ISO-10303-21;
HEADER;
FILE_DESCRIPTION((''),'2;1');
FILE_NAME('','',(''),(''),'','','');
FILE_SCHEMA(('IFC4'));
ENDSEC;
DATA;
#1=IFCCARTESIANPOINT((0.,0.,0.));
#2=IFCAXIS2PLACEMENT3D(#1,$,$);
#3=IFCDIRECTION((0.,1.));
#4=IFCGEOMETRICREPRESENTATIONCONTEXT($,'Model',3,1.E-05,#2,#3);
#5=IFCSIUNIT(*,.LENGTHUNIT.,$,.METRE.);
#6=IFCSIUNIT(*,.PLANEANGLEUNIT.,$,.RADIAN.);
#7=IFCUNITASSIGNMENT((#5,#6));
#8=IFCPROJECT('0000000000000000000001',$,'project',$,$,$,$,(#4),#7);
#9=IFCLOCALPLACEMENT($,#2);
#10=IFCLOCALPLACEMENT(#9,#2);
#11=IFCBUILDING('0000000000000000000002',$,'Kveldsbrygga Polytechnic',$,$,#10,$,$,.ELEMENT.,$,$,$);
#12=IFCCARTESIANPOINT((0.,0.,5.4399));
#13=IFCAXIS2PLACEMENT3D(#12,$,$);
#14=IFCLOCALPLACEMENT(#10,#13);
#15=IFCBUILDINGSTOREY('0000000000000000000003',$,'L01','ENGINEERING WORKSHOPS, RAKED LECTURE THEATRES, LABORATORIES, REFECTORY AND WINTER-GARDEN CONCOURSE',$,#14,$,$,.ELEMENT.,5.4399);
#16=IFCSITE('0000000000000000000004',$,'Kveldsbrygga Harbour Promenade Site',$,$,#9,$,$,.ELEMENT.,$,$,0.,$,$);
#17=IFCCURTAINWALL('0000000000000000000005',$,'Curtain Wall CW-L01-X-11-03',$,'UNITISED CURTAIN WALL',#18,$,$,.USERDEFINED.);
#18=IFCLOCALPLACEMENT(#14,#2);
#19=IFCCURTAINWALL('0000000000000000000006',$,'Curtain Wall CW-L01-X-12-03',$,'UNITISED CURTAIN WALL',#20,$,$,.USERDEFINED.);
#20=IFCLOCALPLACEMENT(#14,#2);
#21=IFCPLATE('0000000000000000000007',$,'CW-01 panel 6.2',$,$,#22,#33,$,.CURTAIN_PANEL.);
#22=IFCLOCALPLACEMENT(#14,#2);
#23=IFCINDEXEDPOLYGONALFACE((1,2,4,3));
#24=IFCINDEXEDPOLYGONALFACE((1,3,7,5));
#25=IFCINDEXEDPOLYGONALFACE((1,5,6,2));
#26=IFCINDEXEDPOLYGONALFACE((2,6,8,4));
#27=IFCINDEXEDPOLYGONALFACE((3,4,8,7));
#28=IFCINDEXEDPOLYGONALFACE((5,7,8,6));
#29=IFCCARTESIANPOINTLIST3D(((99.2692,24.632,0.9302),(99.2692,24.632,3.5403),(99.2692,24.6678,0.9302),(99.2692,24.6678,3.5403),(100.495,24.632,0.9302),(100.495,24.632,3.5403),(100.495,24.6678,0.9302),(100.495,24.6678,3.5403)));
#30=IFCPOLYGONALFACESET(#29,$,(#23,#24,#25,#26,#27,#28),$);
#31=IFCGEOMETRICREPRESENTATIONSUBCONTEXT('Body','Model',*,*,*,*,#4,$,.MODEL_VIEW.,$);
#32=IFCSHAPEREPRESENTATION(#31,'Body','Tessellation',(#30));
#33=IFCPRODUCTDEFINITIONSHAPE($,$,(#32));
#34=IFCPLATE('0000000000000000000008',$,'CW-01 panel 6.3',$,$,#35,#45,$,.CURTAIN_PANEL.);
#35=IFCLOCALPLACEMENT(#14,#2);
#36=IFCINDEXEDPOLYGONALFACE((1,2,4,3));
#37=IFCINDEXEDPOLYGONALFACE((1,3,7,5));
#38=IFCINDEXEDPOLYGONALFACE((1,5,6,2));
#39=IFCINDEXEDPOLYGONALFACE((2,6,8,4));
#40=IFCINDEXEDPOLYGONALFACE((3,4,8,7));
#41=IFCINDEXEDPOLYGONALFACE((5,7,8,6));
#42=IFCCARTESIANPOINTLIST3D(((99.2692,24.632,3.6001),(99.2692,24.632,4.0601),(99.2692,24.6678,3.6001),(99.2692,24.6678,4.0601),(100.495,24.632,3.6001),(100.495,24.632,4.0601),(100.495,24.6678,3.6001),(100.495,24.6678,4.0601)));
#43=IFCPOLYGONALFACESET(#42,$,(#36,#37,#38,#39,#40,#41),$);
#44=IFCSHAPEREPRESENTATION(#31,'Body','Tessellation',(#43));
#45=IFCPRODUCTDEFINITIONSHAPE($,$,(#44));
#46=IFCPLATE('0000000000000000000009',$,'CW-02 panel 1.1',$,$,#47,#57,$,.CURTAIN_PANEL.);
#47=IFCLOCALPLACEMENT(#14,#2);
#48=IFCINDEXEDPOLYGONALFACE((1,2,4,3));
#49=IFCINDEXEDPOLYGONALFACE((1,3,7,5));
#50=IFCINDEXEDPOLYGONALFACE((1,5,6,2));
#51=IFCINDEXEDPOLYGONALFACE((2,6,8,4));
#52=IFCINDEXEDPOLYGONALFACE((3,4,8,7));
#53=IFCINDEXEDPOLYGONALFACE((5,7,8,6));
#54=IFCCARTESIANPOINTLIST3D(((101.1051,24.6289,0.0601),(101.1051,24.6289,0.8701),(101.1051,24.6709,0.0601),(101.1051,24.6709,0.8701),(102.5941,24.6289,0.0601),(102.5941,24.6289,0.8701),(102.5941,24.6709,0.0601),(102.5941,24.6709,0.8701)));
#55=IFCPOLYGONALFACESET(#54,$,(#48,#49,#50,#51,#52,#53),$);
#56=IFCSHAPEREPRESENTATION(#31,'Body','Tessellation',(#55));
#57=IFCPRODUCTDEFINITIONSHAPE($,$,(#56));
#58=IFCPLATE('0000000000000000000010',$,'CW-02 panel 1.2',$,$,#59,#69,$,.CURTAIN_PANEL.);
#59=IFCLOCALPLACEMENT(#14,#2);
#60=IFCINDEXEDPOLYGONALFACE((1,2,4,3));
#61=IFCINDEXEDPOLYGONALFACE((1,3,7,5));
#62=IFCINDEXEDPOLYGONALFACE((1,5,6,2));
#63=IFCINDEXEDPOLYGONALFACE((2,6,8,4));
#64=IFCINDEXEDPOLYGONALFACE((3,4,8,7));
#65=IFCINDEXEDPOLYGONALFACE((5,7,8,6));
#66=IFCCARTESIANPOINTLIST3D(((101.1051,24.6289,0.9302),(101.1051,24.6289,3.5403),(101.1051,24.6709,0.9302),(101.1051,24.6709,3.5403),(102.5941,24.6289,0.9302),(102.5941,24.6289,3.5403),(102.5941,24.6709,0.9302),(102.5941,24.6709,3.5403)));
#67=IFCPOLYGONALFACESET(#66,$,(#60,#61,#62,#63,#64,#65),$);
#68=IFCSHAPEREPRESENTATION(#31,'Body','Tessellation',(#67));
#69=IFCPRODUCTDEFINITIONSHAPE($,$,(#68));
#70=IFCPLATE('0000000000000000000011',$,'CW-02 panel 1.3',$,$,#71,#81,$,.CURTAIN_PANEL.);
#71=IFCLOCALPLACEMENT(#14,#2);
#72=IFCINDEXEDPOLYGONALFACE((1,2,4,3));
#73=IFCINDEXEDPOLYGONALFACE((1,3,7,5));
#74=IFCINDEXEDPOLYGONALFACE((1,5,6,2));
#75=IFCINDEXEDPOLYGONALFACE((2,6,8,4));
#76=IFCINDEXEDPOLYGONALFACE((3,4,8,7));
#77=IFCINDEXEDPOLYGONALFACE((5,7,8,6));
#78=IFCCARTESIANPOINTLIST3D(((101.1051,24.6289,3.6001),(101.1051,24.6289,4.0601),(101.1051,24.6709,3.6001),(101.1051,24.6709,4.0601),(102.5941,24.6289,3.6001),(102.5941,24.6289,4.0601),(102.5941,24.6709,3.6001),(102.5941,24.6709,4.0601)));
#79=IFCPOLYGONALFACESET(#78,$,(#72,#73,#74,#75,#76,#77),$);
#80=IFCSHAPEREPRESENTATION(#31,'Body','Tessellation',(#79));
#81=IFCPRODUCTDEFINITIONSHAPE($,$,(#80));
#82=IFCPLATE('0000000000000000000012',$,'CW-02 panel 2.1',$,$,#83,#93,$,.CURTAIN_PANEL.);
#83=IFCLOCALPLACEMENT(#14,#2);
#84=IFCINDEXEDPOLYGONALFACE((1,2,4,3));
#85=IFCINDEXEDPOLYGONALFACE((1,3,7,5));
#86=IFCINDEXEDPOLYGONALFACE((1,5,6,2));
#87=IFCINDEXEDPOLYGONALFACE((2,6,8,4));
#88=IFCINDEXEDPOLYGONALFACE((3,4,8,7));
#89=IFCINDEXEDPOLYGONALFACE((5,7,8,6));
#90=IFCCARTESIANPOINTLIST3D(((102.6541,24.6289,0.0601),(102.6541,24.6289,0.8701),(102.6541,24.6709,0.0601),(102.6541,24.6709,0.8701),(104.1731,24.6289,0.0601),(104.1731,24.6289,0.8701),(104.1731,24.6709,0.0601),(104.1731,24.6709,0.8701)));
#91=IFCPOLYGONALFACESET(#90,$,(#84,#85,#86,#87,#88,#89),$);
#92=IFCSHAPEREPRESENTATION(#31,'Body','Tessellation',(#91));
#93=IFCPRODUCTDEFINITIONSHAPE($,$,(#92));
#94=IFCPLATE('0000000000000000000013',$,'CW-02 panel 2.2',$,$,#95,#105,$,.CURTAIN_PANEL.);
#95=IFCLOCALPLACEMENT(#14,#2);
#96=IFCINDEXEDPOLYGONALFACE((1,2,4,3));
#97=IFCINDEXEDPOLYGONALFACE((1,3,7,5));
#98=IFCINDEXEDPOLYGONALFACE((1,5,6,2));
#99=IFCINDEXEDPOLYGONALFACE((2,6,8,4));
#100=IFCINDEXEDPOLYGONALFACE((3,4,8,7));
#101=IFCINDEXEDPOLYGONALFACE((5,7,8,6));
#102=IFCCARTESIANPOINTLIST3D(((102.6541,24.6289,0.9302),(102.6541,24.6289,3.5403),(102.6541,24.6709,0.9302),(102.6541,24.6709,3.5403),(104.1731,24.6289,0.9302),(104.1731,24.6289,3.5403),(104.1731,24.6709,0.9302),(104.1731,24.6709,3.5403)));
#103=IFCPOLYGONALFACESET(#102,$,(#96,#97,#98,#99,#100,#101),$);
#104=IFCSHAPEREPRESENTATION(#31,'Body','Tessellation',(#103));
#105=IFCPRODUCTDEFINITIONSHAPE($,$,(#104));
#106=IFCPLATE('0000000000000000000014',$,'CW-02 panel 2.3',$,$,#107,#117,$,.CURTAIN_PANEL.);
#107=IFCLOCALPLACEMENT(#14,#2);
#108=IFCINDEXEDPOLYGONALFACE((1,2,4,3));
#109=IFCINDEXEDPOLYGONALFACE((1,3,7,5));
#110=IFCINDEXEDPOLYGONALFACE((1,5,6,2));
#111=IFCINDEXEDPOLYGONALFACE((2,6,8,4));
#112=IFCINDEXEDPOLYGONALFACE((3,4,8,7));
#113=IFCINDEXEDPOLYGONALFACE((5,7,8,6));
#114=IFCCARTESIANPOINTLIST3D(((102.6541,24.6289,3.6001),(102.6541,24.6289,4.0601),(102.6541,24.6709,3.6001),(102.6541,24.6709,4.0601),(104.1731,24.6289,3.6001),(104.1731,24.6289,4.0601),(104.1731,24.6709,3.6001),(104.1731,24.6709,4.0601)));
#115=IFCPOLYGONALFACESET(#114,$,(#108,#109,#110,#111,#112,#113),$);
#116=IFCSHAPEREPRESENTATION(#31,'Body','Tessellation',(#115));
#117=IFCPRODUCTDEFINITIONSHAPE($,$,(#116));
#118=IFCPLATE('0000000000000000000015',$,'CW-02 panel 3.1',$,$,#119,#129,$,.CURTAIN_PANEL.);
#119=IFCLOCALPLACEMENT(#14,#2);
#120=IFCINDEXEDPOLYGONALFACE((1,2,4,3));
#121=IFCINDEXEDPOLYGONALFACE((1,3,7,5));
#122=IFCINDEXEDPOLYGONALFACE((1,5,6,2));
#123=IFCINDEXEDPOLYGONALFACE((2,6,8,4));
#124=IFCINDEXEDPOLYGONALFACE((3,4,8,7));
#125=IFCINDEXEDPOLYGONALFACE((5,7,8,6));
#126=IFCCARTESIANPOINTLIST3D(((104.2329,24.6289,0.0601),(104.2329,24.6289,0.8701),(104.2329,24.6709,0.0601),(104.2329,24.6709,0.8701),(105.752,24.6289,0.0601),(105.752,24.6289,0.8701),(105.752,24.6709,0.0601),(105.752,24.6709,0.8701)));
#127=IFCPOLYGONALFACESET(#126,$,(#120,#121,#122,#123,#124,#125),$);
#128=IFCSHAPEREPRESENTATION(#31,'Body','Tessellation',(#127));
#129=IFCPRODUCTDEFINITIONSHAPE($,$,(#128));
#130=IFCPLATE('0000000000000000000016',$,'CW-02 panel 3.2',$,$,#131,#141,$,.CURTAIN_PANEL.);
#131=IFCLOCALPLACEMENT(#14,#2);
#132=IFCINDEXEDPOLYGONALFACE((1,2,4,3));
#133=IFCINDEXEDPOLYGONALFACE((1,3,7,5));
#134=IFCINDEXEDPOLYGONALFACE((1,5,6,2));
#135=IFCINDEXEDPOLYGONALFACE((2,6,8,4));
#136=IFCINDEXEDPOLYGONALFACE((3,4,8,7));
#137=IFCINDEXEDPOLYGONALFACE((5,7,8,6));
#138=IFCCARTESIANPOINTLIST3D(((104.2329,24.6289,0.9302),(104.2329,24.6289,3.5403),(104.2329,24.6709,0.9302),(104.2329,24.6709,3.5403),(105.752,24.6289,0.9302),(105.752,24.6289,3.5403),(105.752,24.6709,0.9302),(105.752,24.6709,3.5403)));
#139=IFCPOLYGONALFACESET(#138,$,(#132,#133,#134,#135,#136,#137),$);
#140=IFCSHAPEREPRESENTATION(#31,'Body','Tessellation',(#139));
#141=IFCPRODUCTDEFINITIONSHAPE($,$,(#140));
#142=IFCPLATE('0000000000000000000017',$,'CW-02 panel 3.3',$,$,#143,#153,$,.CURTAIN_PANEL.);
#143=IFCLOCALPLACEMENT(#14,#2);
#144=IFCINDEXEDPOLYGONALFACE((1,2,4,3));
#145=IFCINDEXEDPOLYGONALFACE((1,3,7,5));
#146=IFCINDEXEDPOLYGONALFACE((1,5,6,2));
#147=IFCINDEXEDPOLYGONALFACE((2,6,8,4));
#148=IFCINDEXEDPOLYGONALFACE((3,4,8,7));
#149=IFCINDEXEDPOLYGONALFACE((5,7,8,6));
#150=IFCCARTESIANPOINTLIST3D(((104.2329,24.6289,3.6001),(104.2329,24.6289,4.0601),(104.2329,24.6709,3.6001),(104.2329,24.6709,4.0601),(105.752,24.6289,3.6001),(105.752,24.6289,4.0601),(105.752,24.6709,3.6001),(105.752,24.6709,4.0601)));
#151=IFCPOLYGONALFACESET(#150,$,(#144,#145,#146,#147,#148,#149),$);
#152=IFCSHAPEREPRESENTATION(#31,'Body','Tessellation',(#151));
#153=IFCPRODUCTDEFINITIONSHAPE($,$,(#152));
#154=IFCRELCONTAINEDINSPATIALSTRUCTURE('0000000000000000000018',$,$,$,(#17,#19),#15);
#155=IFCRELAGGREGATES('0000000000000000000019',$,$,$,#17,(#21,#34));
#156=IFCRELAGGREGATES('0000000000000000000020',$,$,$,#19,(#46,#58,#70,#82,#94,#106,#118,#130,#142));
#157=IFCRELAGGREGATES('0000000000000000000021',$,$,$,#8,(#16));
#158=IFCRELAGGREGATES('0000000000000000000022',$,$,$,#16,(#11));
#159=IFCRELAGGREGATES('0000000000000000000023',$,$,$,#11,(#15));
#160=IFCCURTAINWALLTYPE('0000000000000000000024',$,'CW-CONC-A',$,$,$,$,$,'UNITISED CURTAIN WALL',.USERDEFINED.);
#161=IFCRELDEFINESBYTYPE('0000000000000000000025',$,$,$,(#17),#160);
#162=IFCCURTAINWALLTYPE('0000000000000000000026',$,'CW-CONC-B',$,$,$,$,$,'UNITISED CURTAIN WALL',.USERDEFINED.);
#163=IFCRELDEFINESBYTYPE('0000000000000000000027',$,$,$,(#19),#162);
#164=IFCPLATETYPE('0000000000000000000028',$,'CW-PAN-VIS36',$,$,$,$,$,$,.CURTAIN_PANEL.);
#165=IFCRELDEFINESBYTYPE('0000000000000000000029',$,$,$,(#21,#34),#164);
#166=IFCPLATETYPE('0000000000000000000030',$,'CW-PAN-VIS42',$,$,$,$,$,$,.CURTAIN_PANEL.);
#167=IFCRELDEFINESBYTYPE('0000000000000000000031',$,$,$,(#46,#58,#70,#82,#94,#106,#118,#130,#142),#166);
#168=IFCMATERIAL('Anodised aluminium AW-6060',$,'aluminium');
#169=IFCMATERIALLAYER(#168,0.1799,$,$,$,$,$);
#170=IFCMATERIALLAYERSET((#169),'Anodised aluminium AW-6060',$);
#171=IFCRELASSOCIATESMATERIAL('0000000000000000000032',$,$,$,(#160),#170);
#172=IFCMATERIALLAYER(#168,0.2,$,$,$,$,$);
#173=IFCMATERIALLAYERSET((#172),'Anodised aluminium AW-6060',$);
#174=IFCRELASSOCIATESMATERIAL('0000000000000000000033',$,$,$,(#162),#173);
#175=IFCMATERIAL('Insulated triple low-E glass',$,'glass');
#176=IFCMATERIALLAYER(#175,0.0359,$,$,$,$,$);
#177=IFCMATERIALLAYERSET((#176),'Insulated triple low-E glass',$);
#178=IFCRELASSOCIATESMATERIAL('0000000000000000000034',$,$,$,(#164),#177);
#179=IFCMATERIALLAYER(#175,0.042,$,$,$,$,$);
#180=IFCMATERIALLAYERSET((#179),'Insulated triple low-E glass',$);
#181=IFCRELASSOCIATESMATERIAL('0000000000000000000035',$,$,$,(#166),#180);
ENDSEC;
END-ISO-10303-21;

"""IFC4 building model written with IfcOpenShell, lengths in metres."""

from ifc_helpers import new_model, si_unit, direction, frame, origin, origin_2d, place, context, subcontext, project, spatial, rectangle, extrude, material, layer, layer_set, type_object, element, aggregate, save


model = new_model("IFC4")

# Units and contexts
model_context = context("Model", 3, precision=1e-05, world=origin(), true_north=direction((0.0, 1.0)))
body_context = subcontext(model_context, "Body", "Model", "MODEL_VIEW")
ifc_project = project(units=[si_unit("LENGTHUNIT", "METRE"), si_unit("PLANEANGLEUNIT", "RADIAN")], contexts=[model_context])

# Site, building, storey
site_placement = place(None, origin())
site = spatial("IfcSite", under=ifc_project, at=site_placement, Name="Kveldsbrygga Harbour Promenade Site", CompositionType="ELEMENT", RefElevation=0.0)
building_placement = place(site_placement, origin())
building = spatial("IfcBuilding", under=site, at=building_placement, Name="Kveldsbrygga Polytechnic", CompositionType="ELEMENT")
storey_placement = place(building_placement, frame((0.0, 0.0, 5.4399)))
storey = spatial("IfcBuildingStorey", under=building, at=storey_placement, Name="L01", Description="ENGINEERING WORKSHOPS, RAKED LECTURE THEATRES, LABORATORIES, REFECTORY AND WINTER-GARDEN CONCOURSE", CompositionType="ELEMENT", Elevation=5.4399)

# Curtain walls
ifc_material_1 = material(Name="Anodised aluminium AW-6060", Category="aluminium")
ifc_layer_1 = layer(ifc_material_1, 0.1799)
ifc_layer_set_1 = layer_set([ifc_layer_1], Name="Anodised aluminium AW-6060")
curtain_wall_type_1 = type_object("IfcCurtainWallType", Name="CW-CONC-A", ElementType="UNITISED CURTAIN WALL", PredefinedType="USERDEFINED", material=ifc_layer_set_1)
curtain_wall_1_placement = place(storey_placement, origin())
curtain_wall_1 = element("IfcCurtainWall", 1, at=curtain_wall_1_placement, inside=storey, type_object=curtain_wall_type_1, Name="Curtain Wall CW-L01-X-11-03", ObjectType="UNITISED CURTAIN WALL", PredefinedType="USERDEFINED")
ifc_layer_2 = layer(ifc_material_1, 0.2)
ifc_layer_set_2 = layer_set([ifc_layer_2], Name="Anodised aluminium AW-6060")
curtain_wall_type_2 = type_object("IfcCurtainWallType", Name="CW-CONC-B", ElementType="UNITISED CURTAIN WALL", PredefinedType="USERDEFINED", material=ifc_layer_set_2)
curtain_wall_2_placement = place(storey_placement, origin())
curtain_wall_2 = element("IfcCurtainWall", 2, at=curtain_wall_2_placement, inside=storey, type_object=curtain_wall_type_2, Name="Curtain Wall CW-L01-X-12-03", ObjectType="UNITISED CURTAIN WALL", PredefinedType="USERDEFINED")

# Plates
ifc_material_2 = material(Name="Insulated triple low-E glass", Category="glass")
ifc_layer_3 = layer(ifc_material_2, 0.0359)
ifc_layer_set_3 = layer_set([ifc_layer_3], Name="Insulated triple low-E glass")
plate_type_1 = type_object("IfcPlateType", Name="CW-PAN-VIS36", PredefinedType="CURTAIN_PANEL", material=ifc_layer_set_3)
plate_1_placement = place(storey_placement, frame((99.8821, 24.6499, 0.9302), z_axis=(0.0, 0.0, 1.0), x_axis=(1.0, 0.0, 0.0)))
plate_1 = element("IfcPlate", 3, at=plate_1_placement, type_object=plate_type_1, Name="CW-01 panel 6.2", PredefinedType="CURTAIN_PANEL", context=body_context, shape_type="SweptSolid", body=[
    extrude(rectangle(XDim=1.2258, YDim=0.0359, at=origin_2d()), origin(), (0.0, 0.0, 1.0), 2.6101),
])
plate_2_placement = place(storey_placement, frame((99.8821, 24.6499, 3.6001), z_axis=(0.0, 0.0, 1.0), x_axis=(1.0, 0.0, 0.0)))
plate_2 = element("IfcPlate", 4, at=plate_2_placement, type_object=plate_type_1, Name="CW-01 panel 6.3", PredefinedType="CURTAIN_PANEL", context=body_context, shape_type="SweptSolid", body=[
    extrude(rectangle(XDim=1.2258, YDim=0.0359, at=origin_2d()), origin(), (0.0, 0.0, 1.0), 0.46),
])
aggregate(curtain_wall_1, [plate_1, plate_2])
ifc_layer_4 = layer(ifc_material_2, 0.042)
ifc_layer_set_4 = layer_set([ifc_layer_4], Name="Insulated triple low-E glass")
plate_type_2 = type_object("IfcPlateType", Name="CW-PAN-VIS42", PredefinedType="CURTAIN_PANEL", material=ifc_layer_set_4)
plate_3_placement = place(storey_placement, frame((101.8496, 24.6499, 0.0601), z_axis=(0.0, 0.0, 1.0), x_axis=(1.0, 0.0, 0.0)))
plate_3 = element("IfcPlate", 5, at=plate_3_placement, type_object=plate_type_2, Name="CW-02 panel 1.1", PredefinedType="CURTAIN_PANEL", context=body_context, shape_type="SweptSolid", body=[
    extrude(rectangle(XDim=1.489, YDim=0.042, at=origin_2d()), origin(), (0.0, 0.0, 1.0), 0.8101),
])
plate_4_placement = place(storey_placement, frame((101.8496, 24.6499, 0.9302), z_axis=(0.0, 0.0, 1.0), x_axis=(1.0, 0.0, 0.0)))
plate_4 = element("IfcPlate", 6, at=plate_4_placement, type_object=plate_type_2, Name="CW-02 panel 1.2", PredefinedType="CURTAIN_PANEL", context=body_context, shape_type="SweptSolid", body=[
    extrude(rectangle(XDim=1.489, YDim=0.042, at=origin_2d()), origin(), (0.0, 0.0, 1.0), 2.6101),
])
plate_5_placement = place(storey_placement, frame((101.8496, 24.6499, 3.6001), z_axis=(0.0, 0.0, 1.0), x_axis=(1.0, 0.0, 0.0)))
plate_5 = element("IfcPlate", 7, at=plate_5_placement, type_object=plate_type_2, Name="CW-02 panel 1.3", PredefinedType="CURTAIN_PANEL", context=body_context, shape_type="SweptSolid", body=[
    extrude(rectangle(XDim=1.489, YDim=0.042, at=origin_2d()), origin(), (0.0, 0.0, 1.0), 0.46),
])
plate_6_placement = place(storey_placement, frame((103.4136, 24.6499, 0.0601), z_axis=(0.0, 0.0, 1.0), x_axis=(1.0, 0.0, 0.0)))
plate_6 = element("IfcPlate", 8, at=plate_6_placement, type_object=plate_type_2, Name="CW-02 panel 2.1", PredefinedType="CURTAIN_PANEL", context=body_context, shape_type="SweptSolid", body=[
    extrude(rectangle(XDim=1.519, YDim=0.042, at=origin_2d()), origin(), (0.0, 0.0, 1.0), 0.8101),
])
plate_7_placement = place(storey_placement, frame((103.4136, 24.6499, 0.9302), z_axis=(0.0, 0.0, 1.0), x_axis=(1.0, 0.0, 0.0)))
plate_7 = element("IfcPlate", 9, at=plate_7_placement, type_object=plate_type_2, Name="CW-02 panel 2.2", PredefinedType="CURTAIN_PANEL", context=body_context, shape_type="SweptSolid", body=[
    extrude(rectangle(XDim=1.519, YDim=0.042, at=origin_2d()), origin(), (0.0, 0.0, 1.0), 2.6101),
])
plate_8_placement = place(storey_placement, frame((103.4136, 24.6499, 3.6001), z_axis=(0.0, 0.0, 1.0), x_axis=(1.0, 0.0, 0.0)))
plate_8 = element("IfcPlate", 10, at=plate_8_placement, type_object=plate_type_2, Name="CW-02 panel 2.3", PredefinedType="CURTAIN_PANEL", context=body_context, shape_type="SweptSolid", body=[
    extrude(rectangle(XDim=1.519, YDim=0.042, at=origin_2d()), origin(), (0.0, 0.0, 1.0), 0.46),
])
plate_9_placement = place(storey_placement, frame((104.9924, 24.6499, 0.0601), z_axis=(0.0, 0.0, 1.0), x_axis=(1.0, 0.0, 0.0)))
plate_9 = element("IfcPlate", 11, at=plate_9_placement, type_object=plate_type_2, Name="CW-02 panel 3.1", PredefinedType="CURTAIN_PANEL", context=body_context, shape_type="SweptSolid", body=[
    extrude(rectangle(XDim=1.519, YDim=0.042, at=origin_2d()), origin(), (0.0, 0.0, 1.0), 0.8101),
])
plate_10_placement = place(storey_placement, frame((104.9924, 24.6499, 0.9302), z_axis=(0.0, 0.0, 1.0), x_axis=(1.0, 0.0, 0.0)))
plate_10 = element("IfcPlate", 12, at=plate_10_placement, type_object=plate_type_2, Name="CW-02 panel 3.2", PredefinedType="CURTAIN_PANEL", context=body_context, shape_type="SweptSolid", body=[
    extrude(rectangle(XDim=1.519, YDim=0.042, at=origin_2d()), origin(), (0.0, 0.0, 1.0), 2.6101),
])
plate_11_placement = place(storey_placement, frame((104.9924, 24.6499, 3.6001), z_axis=(0.0, 0.0, 1.0), x_axis=(1.0, 0.0, 0.0)))
plate_11 = element("IfcPlate", 13, at=plate_11_placement, type_object=plate_type_2, Name="CW-02 panel 3.3", PredefinedType="CURTAIN_PANEL", context=body_context, shape_type="SweptSolid", body=[
    extrude(rectangle(XDim=1.519, YDim=0.042, at=origin_2d()), origin(), (0.0, 0.0, 1.0), 0.46),
])
aggregate(curtain_wall_2, [plate_3, plate_4, plate_5, plate_6, plate_7, plate_8, plate_9, plate_10, plate_11])

save(model, "model.ifc")
